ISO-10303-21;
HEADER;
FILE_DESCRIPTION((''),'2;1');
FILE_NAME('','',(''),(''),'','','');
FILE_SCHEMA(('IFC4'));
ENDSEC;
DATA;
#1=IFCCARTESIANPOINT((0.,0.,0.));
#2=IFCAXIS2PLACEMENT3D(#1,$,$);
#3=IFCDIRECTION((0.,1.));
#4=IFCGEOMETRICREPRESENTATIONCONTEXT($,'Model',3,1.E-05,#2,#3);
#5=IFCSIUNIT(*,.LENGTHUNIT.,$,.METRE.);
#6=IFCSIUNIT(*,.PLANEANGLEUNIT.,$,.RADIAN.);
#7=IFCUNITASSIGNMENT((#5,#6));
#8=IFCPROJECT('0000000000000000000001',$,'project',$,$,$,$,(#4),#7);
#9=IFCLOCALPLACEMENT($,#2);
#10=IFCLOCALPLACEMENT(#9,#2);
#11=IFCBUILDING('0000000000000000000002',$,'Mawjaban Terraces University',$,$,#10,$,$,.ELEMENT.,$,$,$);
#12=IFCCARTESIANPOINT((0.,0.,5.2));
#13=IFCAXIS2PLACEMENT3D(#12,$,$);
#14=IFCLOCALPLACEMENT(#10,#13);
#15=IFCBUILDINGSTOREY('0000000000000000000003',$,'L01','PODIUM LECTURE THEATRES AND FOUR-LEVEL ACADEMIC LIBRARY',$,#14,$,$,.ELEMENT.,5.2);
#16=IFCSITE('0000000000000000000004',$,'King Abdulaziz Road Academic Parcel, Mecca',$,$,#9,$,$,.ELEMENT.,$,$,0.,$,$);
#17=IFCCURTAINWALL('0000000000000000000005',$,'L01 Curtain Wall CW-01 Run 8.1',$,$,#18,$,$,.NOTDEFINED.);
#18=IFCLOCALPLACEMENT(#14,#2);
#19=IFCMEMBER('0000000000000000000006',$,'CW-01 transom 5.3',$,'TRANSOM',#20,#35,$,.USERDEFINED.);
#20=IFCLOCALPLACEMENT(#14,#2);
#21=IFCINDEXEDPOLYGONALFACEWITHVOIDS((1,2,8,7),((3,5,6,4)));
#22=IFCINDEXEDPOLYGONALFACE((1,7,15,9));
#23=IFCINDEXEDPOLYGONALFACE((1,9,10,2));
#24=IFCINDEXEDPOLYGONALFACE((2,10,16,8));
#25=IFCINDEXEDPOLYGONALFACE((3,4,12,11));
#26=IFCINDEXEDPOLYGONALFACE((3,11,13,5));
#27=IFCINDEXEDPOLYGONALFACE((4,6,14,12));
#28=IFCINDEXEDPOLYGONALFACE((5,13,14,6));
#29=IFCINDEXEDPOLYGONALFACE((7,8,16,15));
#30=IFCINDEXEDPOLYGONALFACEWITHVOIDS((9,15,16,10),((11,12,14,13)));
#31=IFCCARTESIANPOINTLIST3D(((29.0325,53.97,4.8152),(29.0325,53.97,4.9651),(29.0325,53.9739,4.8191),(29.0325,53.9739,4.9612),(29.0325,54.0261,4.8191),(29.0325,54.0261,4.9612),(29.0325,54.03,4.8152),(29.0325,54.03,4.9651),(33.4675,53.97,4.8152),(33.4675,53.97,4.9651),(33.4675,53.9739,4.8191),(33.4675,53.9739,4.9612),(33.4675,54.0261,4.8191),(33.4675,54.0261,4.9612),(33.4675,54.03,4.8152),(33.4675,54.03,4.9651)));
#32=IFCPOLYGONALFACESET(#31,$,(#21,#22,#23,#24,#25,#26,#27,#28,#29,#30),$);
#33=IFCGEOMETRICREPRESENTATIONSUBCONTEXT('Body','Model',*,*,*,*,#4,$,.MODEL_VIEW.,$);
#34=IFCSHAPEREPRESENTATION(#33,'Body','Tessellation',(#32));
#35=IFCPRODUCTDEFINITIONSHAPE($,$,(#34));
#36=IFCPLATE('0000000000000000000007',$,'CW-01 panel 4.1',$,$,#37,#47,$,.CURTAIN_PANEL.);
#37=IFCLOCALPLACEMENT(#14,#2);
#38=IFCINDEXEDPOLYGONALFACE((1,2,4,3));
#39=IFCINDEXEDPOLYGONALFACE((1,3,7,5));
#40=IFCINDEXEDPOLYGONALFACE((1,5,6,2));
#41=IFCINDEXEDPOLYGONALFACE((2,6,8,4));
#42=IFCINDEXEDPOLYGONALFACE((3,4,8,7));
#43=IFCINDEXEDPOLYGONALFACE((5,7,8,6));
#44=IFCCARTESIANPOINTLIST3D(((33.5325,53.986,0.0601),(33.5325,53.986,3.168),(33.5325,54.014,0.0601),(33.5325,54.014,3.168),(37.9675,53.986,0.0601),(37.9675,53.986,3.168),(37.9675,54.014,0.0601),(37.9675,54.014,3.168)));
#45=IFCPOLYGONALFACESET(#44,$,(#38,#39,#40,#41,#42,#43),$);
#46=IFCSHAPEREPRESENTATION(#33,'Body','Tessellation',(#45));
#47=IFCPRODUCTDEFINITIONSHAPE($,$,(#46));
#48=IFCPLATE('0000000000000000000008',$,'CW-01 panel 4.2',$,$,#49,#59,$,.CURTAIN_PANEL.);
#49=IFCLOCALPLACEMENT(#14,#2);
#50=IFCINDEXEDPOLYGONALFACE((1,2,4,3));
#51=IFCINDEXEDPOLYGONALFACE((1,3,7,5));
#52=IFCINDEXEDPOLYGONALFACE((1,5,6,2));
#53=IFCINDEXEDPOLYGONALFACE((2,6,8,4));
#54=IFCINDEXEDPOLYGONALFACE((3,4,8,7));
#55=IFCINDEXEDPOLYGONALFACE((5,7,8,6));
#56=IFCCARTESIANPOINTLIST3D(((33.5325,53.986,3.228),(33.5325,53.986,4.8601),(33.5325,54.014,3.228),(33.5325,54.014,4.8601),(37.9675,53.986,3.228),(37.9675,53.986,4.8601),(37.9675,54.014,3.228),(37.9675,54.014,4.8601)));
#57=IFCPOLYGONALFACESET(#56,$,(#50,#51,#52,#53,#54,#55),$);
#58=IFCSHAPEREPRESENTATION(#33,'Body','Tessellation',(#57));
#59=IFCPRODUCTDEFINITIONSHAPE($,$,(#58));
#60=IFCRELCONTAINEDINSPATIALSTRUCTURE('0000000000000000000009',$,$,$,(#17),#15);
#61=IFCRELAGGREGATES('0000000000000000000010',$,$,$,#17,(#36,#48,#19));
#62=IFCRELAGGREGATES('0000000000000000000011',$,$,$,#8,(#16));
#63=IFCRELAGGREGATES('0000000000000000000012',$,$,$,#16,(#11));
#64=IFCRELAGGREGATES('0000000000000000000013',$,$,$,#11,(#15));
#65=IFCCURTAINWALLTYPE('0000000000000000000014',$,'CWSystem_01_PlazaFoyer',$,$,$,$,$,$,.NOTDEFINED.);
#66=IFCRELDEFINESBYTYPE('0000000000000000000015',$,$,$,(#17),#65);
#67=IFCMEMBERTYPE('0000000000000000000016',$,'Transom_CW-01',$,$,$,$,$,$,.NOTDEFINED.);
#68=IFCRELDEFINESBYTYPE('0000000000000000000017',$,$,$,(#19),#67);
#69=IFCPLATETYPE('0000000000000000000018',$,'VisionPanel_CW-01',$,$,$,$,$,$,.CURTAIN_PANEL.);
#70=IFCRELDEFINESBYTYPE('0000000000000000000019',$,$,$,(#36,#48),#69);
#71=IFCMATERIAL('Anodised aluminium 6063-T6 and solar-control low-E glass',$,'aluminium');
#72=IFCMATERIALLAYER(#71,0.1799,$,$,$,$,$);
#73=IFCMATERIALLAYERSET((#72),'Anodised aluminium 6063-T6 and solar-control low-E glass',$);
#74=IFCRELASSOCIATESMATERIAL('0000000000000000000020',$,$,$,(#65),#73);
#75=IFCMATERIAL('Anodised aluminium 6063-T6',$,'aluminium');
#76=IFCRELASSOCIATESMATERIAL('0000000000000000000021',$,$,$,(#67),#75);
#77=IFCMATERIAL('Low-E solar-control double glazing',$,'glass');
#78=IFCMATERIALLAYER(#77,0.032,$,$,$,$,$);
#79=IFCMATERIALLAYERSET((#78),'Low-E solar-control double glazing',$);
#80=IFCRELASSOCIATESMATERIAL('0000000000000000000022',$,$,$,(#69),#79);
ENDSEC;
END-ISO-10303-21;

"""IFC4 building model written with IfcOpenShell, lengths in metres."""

from ifc_helpers import new_model, si_unit, direction, frame, origin, origin_2d, place, context, subcontext, project, spatial, rectangle, hollow_rectangle, extrude, material, layer, layer_set, material_profile, profile_set, type_object, element, aggregate, save


model = new_model("IFC4")

# Units and contexts
model_context = context("Model", 3, precision=1e-05, world=origin(), true_north=direction((0.0, 1.0)))
body_context = subcontext(model_context, "Body", "Model", "MODEL_VIEW")
ifc_project = project(units=[si_unit("LENGTHUNIT", "METRE"), si_unit("PLANEANGLEUNIT", "RADIAN")], contexts=[model_context])

# Site, building, storey
site_placement = place(None, origin())
site = spatial("IfcSite", under=ifc_project, at=site_placement, Name="King Abdulaziz Road Academic Parcel, Mecca", CompositionType="ELEMENT", RefElevation=0.0)
building_placement = place(site_placement, origin())
building = spatial("IfcBuilding", under=site, at=building_placement, Name="Mawjaban Terraces University", CompositionType="ELEMENT")
storey_placement = place(building_placement, frame((0.0, 0.0, 5.2)))
storey = spatial("IfcBuildingStorey", under=building, at=storey_placement, Name="L01", Description="PODIUM LECTURE THEATRES AND FOUR-LEVEL ACADEMIC LIBRARY", CompositionType="ELEMENT", Elevation=5.2)

# Curtain wall, member, plates
ifc_material_1 = material(Name="Anodised aluminium 6063-T6 and solar-control low-E glass", Category="aluminium")
ifc_layer_1 = layer(ifc_material_1, 0.1799)
ifc_layer_set_1 = layer_set([ifc_layer_1], Name="Anodised aluminium 6063-T6 and solar-control low-E glass")
curtain_wall_type = type_object("IfcCurtainWallType", Name="CWSystem_01_PlazaFoyer", PredefinedType="NOTDEFINED", material=ifc_layer_set_1)
curtain_wall_placement = place(storey_placement, origin())
curtain_wall = element("IfcCurtainWall", 1, at=curtain_wall_placement, inside=storey, type_object=curtain_wall_type, Name="L01 Curtain Wall CW-01 Run 8.1", PredefinedType="NOTDEFINED")
ifc_material_2 = material(Name="Anodised aluminium 6063-T6", Category="aluminium")
ifc_material_profile_1 = material_profile(ifc_material_2, hollow_rectangle(XDim=0.0601, YDim=0.1499, WallThickness=0.0039, at=origin_2d()), Name="ALU150X60X4")
ifc_profile_set_1 = profile_set([ifc_material_profile_1], Name="Anodised aluminium 6063-T6")
member_type_1 = type_object("IfcMemberType", Name="Transom_CW-01", PredefinedType="NOTDEFINED", material=ifc_profile_set_1)
member_1_placement = place(storey_placement, frame((33.4675, 54.0, 4.8901), z_axis=(-1.0, 0.0, 0.0), x_axis=(0.0, -1.0, 0.0)))
member_1 = element("IfcMember", 2, at=member_1_placement, type_object=member_type_1, Name="CW-01 transom 5.3", ObjectType="TRANSOM", PredefinedType="USERDEFINED", context=body_context, shape_type="SweptSolid", body=[
    extrude(hollow_rectangle(XDim=0.0601, YDim=0.1499, WallThickness=0.0039, at=origin_2d()), origin(), (0.0, 0.0, 1.0), 4.4351),
])
ifc_material_3 = material(Name="Low-E solar-control double glazing", Category="glass")
ifc_layer_2 = layer(ifc_material_3, 0.032)
ifc_layer_set_2 = layer_set([ifc_layer_2], Name="Low-E solar-control double glazing")
plate_type = type_object("IfcPlateType", Name="VisionPanel_CW-01", PredefinedType="CURTAIN_PANEL", material=ifc_layer_set_2)
plate_1_placement = place(storey_placement, frame((35.75, 54.0, 0.0601), z_axis=(0.0, 0.0, 1.0), x_axis=(-1.0, 0.0, 0.0)))
plate_1 = element("IfcPlate", 3, at=plate_1_placement, type_object=plate_type, Name="CW-01 panel 4.1", PredefinedType="CURTAIN_PANEL", context=body_context, shape_type="SweptSolid", body=[
    extrude(rectangle(XDim=4.4351, YDim=0.0281, at=origin_2d()), origin(), (0.0, 0.0, 1.0), 3.1079),
])
plate_2_placement = place(storey_placement, frame((35.75, 54.0, 3.228), z_axis=(0.0, 0.0, 1.0), x_axis=(-1.0, 0.0, 0.0)))
plate_2 = element("IfcPlate", 4, at=plate_2_placement, type_object=plate_type, Name="CW-01 panel 4.2", PredefinedType="CURTAIN_PANEL", context=body_context, shape_type="SweptSolid", body=[
    extrude(rectangle(XDim=4.4351, YDim=0.0281, at=origin_2d()), origin(), (0.0, 0.0, 1.0), 1.6321),
])
aggregate(curtain_wall, [plate_1, plate_2, member_1])

save(model, "model.ifc")
